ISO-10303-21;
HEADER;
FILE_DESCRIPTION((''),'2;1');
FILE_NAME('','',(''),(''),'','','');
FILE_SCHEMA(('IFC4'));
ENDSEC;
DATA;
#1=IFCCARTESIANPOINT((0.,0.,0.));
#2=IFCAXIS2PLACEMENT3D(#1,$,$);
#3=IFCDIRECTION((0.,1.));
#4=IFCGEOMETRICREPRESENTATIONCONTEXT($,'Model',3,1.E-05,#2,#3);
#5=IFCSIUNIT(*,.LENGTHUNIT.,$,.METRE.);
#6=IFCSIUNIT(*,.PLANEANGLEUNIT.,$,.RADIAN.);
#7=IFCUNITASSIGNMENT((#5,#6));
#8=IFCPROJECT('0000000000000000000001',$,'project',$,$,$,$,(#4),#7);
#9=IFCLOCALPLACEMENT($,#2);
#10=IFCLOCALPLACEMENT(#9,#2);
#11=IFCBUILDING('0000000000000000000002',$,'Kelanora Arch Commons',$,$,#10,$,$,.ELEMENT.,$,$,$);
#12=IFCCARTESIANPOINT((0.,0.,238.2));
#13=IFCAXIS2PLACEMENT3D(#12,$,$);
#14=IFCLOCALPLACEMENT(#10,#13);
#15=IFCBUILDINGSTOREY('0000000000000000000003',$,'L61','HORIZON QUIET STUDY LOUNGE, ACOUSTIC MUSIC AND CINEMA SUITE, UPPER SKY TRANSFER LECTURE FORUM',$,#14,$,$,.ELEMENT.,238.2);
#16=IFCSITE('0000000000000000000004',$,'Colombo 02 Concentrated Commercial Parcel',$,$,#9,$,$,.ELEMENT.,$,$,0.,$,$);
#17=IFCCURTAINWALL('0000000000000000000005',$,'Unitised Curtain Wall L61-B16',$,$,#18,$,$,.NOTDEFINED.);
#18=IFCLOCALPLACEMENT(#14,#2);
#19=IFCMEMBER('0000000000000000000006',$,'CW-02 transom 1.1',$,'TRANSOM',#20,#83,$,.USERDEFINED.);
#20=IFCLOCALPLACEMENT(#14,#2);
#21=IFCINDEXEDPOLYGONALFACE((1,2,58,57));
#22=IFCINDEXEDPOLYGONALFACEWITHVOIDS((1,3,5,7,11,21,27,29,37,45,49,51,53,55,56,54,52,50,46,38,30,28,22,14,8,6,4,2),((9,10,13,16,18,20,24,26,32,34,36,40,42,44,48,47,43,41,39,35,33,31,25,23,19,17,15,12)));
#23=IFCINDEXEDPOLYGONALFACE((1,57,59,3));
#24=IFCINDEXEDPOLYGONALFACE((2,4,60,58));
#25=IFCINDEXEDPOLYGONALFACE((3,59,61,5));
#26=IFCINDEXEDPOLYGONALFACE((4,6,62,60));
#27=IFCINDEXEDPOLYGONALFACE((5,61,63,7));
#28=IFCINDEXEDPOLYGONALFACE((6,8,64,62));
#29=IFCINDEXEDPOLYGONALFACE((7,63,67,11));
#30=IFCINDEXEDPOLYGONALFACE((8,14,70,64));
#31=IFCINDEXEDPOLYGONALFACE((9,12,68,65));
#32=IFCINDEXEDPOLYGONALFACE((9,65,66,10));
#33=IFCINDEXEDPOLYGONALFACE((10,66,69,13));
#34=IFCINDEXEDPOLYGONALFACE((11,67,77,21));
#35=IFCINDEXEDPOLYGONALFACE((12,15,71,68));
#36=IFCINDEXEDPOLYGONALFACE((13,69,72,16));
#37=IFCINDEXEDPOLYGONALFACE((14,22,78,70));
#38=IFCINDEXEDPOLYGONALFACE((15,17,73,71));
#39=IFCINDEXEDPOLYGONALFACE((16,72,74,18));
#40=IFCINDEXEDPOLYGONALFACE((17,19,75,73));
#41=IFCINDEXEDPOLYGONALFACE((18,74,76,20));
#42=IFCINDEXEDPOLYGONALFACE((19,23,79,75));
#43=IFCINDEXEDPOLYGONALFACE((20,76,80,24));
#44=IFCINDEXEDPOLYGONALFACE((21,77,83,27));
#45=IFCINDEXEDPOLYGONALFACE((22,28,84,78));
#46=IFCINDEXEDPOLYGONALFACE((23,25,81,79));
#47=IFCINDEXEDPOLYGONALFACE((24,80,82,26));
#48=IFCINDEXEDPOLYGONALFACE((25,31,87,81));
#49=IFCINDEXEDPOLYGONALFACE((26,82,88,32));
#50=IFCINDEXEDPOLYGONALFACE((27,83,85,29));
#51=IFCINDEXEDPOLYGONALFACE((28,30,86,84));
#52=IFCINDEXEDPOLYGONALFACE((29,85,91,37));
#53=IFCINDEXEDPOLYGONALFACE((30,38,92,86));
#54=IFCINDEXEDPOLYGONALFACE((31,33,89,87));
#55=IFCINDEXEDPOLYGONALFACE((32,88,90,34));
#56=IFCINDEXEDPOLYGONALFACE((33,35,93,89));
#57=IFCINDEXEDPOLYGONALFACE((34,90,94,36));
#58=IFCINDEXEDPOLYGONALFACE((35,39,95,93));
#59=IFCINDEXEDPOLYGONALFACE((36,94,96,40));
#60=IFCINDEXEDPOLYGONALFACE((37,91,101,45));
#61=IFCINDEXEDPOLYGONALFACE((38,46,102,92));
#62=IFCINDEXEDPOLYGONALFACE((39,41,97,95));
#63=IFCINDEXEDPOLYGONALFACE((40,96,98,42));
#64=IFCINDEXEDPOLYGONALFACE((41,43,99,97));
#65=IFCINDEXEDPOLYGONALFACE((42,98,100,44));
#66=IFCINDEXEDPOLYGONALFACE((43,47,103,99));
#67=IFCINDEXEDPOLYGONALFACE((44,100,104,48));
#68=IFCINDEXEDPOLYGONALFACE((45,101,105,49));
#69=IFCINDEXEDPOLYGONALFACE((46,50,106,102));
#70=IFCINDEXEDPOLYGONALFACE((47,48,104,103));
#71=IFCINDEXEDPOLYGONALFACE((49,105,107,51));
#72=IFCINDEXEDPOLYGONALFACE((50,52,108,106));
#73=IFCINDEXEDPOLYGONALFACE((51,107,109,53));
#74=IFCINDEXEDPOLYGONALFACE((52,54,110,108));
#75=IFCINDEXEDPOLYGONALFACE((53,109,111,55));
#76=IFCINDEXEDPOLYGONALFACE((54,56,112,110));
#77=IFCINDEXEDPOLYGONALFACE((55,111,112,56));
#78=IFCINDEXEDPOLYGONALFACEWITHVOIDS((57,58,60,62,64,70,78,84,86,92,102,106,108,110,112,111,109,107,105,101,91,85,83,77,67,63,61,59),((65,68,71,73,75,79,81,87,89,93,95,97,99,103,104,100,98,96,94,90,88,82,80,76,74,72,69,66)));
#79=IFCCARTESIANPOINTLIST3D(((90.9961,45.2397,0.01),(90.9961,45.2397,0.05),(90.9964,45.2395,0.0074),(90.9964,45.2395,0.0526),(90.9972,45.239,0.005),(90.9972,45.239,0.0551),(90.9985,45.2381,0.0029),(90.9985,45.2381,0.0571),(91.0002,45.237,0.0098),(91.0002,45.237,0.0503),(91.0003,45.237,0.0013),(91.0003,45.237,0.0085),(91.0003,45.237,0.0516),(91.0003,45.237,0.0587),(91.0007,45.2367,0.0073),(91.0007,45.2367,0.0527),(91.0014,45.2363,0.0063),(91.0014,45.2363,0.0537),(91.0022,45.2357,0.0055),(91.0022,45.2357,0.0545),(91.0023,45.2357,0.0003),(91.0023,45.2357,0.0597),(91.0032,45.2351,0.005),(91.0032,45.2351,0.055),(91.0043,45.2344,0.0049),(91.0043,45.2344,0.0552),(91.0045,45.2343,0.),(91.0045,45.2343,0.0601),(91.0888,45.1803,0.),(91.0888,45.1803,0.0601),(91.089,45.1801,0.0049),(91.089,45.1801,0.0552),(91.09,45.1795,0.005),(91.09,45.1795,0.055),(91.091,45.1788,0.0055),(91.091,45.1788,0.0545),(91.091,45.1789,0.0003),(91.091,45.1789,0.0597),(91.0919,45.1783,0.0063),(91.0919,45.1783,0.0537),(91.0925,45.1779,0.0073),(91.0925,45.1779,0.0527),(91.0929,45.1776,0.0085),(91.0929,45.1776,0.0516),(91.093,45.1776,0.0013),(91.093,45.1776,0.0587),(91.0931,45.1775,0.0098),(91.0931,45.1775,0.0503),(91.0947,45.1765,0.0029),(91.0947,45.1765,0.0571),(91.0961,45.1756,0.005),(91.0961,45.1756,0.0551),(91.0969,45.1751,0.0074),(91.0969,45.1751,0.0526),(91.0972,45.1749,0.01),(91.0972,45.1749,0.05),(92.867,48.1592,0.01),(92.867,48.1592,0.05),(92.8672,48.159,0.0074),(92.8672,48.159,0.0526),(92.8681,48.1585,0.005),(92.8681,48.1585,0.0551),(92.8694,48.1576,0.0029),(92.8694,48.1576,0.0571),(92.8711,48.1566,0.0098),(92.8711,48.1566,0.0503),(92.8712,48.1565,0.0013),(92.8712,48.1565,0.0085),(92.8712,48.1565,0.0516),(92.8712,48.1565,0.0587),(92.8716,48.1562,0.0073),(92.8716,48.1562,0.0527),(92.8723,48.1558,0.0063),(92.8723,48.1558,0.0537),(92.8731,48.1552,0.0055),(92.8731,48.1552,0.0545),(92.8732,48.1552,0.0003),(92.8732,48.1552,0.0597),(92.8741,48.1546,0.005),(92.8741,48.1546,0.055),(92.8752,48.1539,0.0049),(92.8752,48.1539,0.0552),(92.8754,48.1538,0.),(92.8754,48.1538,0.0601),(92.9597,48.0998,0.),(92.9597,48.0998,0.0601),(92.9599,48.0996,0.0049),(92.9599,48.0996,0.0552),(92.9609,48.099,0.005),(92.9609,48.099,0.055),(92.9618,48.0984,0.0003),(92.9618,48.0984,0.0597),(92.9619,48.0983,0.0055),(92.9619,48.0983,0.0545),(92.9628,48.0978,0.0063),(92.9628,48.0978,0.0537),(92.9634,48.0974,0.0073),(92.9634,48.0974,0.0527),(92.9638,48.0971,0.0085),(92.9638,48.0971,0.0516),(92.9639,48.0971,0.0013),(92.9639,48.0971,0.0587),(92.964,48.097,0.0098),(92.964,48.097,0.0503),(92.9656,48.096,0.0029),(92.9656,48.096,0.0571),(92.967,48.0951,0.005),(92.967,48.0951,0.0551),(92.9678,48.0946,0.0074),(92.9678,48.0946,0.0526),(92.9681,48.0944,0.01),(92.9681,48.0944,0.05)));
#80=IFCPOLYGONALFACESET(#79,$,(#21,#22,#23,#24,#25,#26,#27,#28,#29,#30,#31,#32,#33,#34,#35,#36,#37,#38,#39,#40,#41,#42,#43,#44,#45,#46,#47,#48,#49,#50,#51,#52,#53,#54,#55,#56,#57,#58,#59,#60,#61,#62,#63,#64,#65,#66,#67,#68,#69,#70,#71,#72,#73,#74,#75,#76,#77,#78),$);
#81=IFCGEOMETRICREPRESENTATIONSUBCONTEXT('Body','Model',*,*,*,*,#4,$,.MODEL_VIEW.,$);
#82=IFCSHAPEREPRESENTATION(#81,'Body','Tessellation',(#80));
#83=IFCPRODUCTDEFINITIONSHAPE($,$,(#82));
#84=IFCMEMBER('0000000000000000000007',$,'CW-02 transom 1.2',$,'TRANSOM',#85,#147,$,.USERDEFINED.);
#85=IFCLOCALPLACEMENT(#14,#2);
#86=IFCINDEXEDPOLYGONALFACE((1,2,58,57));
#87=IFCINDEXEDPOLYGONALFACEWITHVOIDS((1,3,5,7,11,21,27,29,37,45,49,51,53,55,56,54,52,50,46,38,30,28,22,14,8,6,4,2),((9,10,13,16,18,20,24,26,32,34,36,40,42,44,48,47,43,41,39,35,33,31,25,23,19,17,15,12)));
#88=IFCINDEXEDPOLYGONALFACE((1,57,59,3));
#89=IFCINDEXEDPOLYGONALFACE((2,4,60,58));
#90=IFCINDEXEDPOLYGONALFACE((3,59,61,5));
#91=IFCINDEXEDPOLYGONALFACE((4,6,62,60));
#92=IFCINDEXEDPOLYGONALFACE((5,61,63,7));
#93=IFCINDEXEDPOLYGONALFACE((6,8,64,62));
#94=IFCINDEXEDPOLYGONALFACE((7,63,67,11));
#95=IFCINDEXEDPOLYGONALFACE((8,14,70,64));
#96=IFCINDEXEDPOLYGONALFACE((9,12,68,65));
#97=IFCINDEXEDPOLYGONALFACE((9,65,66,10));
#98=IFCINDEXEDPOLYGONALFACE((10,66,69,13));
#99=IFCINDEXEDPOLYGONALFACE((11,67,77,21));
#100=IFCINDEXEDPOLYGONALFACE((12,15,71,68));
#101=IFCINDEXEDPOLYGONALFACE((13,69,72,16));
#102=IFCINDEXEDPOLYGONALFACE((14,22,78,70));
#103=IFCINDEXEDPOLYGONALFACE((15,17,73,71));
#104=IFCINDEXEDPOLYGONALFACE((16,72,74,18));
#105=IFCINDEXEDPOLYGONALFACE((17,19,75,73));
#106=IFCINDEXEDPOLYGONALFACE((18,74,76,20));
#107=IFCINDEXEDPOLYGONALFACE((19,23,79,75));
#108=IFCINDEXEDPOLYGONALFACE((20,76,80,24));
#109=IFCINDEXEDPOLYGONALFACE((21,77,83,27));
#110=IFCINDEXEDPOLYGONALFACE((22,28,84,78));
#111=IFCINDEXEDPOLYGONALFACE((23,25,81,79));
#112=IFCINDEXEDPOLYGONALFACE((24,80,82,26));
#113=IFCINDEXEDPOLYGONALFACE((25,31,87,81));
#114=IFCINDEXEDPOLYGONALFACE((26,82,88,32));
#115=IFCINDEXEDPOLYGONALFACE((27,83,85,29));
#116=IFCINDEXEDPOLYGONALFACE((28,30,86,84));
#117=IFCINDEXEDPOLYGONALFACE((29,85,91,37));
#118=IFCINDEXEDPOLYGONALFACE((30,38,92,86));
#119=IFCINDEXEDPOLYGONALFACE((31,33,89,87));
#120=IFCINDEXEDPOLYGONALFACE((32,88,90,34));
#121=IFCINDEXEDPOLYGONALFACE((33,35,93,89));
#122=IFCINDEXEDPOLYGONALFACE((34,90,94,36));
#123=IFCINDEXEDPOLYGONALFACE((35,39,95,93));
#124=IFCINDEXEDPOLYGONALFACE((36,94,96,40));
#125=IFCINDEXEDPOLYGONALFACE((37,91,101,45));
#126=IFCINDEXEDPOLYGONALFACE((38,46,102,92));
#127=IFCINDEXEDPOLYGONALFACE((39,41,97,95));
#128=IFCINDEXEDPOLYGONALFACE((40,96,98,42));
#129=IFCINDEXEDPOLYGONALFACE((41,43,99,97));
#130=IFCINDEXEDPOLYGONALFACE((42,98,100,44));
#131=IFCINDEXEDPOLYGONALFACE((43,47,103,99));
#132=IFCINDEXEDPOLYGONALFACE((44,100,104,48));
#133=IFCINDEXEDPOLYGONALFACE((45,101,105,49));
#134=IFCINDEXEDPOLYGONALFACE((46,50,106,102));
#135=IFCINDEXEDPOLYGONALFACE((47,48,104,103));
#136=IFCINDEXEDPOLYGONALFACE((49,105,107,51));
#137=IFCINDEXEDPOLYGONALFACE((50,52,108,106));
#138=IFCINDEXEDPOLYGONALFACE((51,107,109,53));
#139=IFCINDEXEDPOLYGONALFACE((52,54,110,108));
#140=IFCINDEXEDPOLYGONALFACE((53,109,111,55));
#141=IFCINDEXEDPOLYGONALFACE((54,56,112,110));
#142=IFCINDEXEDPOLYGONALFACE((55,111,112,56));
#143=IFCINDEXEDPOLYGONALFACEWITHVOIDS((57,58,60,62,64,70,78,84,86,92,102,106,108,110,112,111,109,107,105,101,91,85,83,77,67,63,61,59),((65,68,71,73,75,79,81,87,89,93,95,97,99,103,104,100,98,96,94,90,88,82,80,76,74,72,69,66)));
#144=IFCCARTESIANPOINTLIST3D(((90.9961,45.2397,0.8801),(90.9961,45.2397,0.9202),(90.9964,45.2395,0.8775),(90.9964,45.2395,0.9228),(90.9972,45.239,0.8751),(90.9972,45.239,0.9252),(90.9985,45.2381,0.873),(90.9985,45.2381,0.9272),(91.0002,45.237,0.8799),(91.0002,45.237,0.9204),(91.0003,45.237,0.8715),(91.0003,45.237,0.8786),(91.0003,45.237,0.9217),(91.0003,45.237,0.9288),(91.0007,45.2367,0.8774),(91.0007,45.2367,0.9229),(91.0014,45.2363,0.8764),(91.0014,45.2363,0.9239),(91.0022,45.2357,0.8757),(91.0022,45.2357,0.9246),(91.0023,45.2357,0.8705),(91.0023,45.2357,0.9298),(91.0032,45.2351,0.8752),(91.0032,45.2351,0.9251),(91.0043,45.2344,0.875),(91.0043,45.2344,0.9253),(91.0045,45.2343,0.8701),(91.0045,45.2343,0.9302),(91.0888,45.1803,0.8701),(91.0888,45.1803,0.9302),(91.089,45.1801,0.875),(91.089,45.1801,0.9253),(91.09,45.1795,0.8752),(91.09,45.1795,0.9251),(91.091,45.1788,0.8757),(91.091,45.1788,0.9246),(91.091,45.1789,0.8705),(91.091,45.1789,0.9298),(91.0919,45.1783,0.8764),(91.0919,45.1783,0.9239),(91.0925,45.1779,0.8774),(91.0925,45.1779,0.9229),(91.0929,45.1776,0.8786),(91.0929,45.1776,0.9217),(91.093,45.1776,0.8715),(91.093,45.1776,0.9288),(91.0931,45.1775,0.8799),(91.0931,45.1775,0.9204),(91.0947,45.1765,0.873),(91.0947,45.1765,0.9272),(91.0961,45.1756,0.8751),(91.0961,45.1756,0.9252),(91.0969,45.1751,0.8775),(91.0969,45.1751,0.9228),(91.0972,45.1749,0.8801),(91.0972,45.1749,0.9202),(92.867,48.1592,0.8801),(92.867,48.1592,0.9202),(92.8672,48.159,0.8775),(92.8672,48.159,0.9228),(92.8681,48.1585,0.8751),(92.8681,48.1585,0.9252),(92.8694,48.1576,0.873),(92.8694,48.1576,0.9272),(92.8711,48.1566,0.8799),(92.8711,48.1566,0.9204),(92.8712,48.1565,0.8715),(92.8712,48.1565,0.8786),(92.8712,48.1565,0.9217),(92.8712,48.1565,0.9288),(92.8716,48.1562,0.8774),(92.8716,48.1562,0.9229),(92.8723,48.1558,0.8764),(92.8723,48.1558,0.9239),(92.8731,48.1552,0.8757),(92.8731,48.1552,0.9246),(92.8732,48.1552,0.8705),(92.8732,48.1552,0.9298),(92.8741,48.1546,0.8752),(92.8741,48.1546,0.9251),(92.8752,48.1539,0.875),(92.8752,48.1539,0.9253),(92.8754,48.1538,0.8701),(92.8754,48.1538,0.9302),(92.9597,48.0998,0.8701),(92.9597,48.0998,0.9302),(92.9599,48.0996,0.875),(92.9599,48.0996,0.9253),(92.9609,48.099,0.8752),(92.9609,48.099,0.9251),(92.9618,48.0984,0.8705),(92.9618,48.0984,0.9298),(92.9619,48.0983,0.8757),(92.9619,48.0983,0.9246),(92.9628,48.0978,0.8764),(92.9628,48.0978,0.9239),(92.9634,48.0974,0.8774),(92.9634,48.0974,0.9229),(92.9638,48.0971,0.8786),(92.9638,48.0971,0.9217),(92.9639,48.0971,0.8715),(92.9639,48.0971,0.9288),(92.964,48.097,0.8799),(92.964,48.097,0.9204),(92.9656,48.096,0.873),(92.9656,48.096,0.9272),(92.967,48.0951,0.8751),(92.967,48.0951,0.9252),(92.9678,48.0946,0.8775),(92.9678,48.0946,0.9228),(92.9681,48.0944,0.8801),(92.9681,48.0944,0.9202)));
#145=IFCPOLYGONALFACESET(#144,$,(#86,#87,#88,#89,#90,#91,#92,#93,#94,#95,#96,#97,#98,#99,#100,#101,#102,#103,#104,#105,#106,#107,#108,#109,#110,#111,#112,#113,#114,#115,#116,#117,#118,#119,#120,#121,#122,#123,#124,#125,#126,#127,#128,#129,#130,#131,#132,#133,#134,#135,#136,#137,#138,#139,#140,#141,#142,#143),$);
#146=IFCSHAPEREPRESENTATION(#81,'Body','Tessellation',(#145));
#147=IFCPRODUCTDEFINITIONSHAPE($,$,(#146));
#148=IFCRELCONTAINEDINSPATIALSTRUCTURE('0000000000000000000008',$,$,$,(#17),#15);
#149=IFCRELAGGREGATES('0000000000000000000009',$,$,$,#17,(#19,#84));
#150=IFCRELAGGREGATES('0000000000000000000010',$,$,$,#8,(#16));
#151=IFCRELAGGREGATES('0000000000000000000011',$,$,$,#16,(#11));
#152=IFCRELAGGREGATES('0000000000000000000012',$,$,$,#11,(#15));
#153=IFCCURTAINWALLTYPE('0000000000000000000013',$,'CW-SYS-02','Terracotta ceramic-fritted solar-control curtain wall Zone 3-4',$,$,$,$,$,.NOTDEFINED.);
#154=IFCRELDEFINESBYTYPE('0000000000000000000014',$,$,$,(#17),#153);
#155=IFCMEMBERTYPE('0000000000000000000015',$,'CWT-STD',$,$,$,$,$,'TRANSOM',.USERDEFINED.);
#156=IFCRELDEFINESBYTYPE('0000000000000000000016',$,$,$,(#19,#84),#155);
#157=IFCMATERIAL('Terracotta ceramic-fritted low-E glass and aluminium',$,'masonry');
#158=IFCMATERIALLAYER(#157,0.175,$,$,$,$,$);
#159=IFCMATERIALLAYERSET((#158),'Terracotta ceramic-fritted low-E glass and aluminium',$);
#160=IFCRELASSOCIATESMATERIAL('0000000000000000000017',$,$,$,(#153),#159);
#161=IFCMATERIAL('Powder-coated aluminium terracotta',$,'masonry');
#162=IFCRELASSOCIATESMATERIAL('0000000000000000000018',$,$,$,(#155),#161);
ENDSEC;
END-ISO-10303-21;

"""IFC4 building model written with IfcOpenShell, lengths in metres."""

from ifc_helpers import new_model, si_unit, direction, frame, origin, origin_2d, place, context, subcontext, project, spatial, hollow_rectangle, extrude, material, layer, layer_set, material_profile, profile_set, type_object, element, aggregate, save


model = new_model("IFC4")

# Units and contexts
model_context = context("Model", 3, precision=1e-05, world=origin(), true_north=direction((0.0, 1.0)))
body_context = subcontext(model_context, "Body", "Model", "MODEL_VIEW")
ifc_project = project(units=[si_unit("LENGTHUNIT", "METRE"), si_unit("PLANEANGLEUNIT", "RADIAN")], contexts=[model_context])

# Site, building, storey
site_placement = place(None, origin())
site = spatial("IfcSite", under=ifc_project, at=site_placement, Name="Colombo 02 Concentrated Commercial Parcel", CompositionType="ELEMENT", RefElevation=0.0)
building_placement = place(site_placement, origin())
building = spatial("IfcBuilding", under=site, at=building_placement, Name="Kelanora Arch Commons", CompositionType="ELEMENT")
storey_placement = place(building_placement, frame((0.0, 0.0, 238.2)))
storey = spatial("IfcBuildingStorey", under=building, at=storey_placement, Name="L61", Description="HORIZON QUIET STUDY LOUNGE, ACOUSTIC MUSIC AND CINEMA SUITE, UPPER SKY TRANSFER LECTURE FORUM", CompositionType="ELEMENT", Elevation=238.2)

# Shared definitions
ifc_material_1 = material(Name="Terracotta ceramic-fritted low-E glass and aluminium", Category="masonry")
ifc_layer_1 = layer(ifc_material_1, 0.175)
ifc_layer_set_1 = layer_set([ifc_layer_1], Name="Terracotta ceramic-fritted low-E glass and aluminium")
curtain_wall_type = type_object("IfcCurtainWallType", Name="CW-SYS-02", Description="Terracotta ceramic-fritted solar-control curtain wall Zone 3-4", PredefinedType="NOTDEFINED", material=ifc_layer_set_1)
ifc_material_2 = material(Name="Powder-coated aluminium terracotta", Category="masonry")

# Curtain wall, members
curtain_wall_1_placement = place(storey_placement, origin())
curtain_wall_1 = element("IfcCurtainWall", 1, at=curtain_wall_1_placement, inside=storey, type_object=curtain_wall_type, Name="Unitised Curtain Wall L61-B16", PredefinedType="NOTDEFINED")
ifc_material_profile_1 = material_profile(ifc_material_2, hollow_rectangle(XDim=0.1201, YDim=0.0601, WallThickness=0.0049, InnerFilletRadius=0.0049, OuterFilletRadius=0.01, at=origin_2d()), Name="CWT120x60")
ifc_profile_set_1 = profile_set([ifc_material_profile_1], Name="Powder-coated aluminium terracotta")
member_type_1 = type_object("IfcMemberType", Name="CWT-STD", ElementType="TRANSOM", PredefinedType="USERDEFINED", material=ifc_profile_set_1)
member_1_placement = place(storey_placement, frame((91.0466, 45.2073, 0.03), z_axis=(0.539547, 0.841955, 0.0), x_axis=(-0.841955, 0.539547, 0.0)))
member_1 = element("IfcMember", 2, at=member_1_placement, type_object=member_type_1, Name="CW-02 transom 1.1", ObjectType="TRANSOM", PredefinedType="USERDEFINED", context=body_context, shape_type="SweptSolid", body=[
    extrude(hollow_rectangle(XDim=0.1201, YDim=0.0601, WallThickness=0.0049, InnerFilletRadius=0.0049, OuterFilletRadius=0.01, at=origin_2d()), origin(), (0.0, 0.0, 1.0), 3.4675),
])
member_2_placement = place(storey_placement, frame((91.0466, 45.2073, 0.9001), z_axis=(0.539547, 0.841955, 0.0), x_axis=(-0.841955, 0.539547, 0.0)))
member_2 = element("IfcMember", 3, at=member_2_placement, type_object=member_type_1, Name="CW-02 transom 1.2", ObjectType="TRANSOM", PredefinedType="USERDEFINED", context=body_context, shape_type="SweptSolid", body=[
    extrude(hollow_rectangle(XDim=0.1201, YDim=0.0601, WallThickness=0.0049, InnerFilletRadius=0.0049, OuterFilletRadius=0.01, at=origin_2d()), origin(), (0.0, 0.0, 1.0), 3.4675),
])

aggregate(curtain_wall_1, [member_1, member_2])

save(model, "model.ifc")
